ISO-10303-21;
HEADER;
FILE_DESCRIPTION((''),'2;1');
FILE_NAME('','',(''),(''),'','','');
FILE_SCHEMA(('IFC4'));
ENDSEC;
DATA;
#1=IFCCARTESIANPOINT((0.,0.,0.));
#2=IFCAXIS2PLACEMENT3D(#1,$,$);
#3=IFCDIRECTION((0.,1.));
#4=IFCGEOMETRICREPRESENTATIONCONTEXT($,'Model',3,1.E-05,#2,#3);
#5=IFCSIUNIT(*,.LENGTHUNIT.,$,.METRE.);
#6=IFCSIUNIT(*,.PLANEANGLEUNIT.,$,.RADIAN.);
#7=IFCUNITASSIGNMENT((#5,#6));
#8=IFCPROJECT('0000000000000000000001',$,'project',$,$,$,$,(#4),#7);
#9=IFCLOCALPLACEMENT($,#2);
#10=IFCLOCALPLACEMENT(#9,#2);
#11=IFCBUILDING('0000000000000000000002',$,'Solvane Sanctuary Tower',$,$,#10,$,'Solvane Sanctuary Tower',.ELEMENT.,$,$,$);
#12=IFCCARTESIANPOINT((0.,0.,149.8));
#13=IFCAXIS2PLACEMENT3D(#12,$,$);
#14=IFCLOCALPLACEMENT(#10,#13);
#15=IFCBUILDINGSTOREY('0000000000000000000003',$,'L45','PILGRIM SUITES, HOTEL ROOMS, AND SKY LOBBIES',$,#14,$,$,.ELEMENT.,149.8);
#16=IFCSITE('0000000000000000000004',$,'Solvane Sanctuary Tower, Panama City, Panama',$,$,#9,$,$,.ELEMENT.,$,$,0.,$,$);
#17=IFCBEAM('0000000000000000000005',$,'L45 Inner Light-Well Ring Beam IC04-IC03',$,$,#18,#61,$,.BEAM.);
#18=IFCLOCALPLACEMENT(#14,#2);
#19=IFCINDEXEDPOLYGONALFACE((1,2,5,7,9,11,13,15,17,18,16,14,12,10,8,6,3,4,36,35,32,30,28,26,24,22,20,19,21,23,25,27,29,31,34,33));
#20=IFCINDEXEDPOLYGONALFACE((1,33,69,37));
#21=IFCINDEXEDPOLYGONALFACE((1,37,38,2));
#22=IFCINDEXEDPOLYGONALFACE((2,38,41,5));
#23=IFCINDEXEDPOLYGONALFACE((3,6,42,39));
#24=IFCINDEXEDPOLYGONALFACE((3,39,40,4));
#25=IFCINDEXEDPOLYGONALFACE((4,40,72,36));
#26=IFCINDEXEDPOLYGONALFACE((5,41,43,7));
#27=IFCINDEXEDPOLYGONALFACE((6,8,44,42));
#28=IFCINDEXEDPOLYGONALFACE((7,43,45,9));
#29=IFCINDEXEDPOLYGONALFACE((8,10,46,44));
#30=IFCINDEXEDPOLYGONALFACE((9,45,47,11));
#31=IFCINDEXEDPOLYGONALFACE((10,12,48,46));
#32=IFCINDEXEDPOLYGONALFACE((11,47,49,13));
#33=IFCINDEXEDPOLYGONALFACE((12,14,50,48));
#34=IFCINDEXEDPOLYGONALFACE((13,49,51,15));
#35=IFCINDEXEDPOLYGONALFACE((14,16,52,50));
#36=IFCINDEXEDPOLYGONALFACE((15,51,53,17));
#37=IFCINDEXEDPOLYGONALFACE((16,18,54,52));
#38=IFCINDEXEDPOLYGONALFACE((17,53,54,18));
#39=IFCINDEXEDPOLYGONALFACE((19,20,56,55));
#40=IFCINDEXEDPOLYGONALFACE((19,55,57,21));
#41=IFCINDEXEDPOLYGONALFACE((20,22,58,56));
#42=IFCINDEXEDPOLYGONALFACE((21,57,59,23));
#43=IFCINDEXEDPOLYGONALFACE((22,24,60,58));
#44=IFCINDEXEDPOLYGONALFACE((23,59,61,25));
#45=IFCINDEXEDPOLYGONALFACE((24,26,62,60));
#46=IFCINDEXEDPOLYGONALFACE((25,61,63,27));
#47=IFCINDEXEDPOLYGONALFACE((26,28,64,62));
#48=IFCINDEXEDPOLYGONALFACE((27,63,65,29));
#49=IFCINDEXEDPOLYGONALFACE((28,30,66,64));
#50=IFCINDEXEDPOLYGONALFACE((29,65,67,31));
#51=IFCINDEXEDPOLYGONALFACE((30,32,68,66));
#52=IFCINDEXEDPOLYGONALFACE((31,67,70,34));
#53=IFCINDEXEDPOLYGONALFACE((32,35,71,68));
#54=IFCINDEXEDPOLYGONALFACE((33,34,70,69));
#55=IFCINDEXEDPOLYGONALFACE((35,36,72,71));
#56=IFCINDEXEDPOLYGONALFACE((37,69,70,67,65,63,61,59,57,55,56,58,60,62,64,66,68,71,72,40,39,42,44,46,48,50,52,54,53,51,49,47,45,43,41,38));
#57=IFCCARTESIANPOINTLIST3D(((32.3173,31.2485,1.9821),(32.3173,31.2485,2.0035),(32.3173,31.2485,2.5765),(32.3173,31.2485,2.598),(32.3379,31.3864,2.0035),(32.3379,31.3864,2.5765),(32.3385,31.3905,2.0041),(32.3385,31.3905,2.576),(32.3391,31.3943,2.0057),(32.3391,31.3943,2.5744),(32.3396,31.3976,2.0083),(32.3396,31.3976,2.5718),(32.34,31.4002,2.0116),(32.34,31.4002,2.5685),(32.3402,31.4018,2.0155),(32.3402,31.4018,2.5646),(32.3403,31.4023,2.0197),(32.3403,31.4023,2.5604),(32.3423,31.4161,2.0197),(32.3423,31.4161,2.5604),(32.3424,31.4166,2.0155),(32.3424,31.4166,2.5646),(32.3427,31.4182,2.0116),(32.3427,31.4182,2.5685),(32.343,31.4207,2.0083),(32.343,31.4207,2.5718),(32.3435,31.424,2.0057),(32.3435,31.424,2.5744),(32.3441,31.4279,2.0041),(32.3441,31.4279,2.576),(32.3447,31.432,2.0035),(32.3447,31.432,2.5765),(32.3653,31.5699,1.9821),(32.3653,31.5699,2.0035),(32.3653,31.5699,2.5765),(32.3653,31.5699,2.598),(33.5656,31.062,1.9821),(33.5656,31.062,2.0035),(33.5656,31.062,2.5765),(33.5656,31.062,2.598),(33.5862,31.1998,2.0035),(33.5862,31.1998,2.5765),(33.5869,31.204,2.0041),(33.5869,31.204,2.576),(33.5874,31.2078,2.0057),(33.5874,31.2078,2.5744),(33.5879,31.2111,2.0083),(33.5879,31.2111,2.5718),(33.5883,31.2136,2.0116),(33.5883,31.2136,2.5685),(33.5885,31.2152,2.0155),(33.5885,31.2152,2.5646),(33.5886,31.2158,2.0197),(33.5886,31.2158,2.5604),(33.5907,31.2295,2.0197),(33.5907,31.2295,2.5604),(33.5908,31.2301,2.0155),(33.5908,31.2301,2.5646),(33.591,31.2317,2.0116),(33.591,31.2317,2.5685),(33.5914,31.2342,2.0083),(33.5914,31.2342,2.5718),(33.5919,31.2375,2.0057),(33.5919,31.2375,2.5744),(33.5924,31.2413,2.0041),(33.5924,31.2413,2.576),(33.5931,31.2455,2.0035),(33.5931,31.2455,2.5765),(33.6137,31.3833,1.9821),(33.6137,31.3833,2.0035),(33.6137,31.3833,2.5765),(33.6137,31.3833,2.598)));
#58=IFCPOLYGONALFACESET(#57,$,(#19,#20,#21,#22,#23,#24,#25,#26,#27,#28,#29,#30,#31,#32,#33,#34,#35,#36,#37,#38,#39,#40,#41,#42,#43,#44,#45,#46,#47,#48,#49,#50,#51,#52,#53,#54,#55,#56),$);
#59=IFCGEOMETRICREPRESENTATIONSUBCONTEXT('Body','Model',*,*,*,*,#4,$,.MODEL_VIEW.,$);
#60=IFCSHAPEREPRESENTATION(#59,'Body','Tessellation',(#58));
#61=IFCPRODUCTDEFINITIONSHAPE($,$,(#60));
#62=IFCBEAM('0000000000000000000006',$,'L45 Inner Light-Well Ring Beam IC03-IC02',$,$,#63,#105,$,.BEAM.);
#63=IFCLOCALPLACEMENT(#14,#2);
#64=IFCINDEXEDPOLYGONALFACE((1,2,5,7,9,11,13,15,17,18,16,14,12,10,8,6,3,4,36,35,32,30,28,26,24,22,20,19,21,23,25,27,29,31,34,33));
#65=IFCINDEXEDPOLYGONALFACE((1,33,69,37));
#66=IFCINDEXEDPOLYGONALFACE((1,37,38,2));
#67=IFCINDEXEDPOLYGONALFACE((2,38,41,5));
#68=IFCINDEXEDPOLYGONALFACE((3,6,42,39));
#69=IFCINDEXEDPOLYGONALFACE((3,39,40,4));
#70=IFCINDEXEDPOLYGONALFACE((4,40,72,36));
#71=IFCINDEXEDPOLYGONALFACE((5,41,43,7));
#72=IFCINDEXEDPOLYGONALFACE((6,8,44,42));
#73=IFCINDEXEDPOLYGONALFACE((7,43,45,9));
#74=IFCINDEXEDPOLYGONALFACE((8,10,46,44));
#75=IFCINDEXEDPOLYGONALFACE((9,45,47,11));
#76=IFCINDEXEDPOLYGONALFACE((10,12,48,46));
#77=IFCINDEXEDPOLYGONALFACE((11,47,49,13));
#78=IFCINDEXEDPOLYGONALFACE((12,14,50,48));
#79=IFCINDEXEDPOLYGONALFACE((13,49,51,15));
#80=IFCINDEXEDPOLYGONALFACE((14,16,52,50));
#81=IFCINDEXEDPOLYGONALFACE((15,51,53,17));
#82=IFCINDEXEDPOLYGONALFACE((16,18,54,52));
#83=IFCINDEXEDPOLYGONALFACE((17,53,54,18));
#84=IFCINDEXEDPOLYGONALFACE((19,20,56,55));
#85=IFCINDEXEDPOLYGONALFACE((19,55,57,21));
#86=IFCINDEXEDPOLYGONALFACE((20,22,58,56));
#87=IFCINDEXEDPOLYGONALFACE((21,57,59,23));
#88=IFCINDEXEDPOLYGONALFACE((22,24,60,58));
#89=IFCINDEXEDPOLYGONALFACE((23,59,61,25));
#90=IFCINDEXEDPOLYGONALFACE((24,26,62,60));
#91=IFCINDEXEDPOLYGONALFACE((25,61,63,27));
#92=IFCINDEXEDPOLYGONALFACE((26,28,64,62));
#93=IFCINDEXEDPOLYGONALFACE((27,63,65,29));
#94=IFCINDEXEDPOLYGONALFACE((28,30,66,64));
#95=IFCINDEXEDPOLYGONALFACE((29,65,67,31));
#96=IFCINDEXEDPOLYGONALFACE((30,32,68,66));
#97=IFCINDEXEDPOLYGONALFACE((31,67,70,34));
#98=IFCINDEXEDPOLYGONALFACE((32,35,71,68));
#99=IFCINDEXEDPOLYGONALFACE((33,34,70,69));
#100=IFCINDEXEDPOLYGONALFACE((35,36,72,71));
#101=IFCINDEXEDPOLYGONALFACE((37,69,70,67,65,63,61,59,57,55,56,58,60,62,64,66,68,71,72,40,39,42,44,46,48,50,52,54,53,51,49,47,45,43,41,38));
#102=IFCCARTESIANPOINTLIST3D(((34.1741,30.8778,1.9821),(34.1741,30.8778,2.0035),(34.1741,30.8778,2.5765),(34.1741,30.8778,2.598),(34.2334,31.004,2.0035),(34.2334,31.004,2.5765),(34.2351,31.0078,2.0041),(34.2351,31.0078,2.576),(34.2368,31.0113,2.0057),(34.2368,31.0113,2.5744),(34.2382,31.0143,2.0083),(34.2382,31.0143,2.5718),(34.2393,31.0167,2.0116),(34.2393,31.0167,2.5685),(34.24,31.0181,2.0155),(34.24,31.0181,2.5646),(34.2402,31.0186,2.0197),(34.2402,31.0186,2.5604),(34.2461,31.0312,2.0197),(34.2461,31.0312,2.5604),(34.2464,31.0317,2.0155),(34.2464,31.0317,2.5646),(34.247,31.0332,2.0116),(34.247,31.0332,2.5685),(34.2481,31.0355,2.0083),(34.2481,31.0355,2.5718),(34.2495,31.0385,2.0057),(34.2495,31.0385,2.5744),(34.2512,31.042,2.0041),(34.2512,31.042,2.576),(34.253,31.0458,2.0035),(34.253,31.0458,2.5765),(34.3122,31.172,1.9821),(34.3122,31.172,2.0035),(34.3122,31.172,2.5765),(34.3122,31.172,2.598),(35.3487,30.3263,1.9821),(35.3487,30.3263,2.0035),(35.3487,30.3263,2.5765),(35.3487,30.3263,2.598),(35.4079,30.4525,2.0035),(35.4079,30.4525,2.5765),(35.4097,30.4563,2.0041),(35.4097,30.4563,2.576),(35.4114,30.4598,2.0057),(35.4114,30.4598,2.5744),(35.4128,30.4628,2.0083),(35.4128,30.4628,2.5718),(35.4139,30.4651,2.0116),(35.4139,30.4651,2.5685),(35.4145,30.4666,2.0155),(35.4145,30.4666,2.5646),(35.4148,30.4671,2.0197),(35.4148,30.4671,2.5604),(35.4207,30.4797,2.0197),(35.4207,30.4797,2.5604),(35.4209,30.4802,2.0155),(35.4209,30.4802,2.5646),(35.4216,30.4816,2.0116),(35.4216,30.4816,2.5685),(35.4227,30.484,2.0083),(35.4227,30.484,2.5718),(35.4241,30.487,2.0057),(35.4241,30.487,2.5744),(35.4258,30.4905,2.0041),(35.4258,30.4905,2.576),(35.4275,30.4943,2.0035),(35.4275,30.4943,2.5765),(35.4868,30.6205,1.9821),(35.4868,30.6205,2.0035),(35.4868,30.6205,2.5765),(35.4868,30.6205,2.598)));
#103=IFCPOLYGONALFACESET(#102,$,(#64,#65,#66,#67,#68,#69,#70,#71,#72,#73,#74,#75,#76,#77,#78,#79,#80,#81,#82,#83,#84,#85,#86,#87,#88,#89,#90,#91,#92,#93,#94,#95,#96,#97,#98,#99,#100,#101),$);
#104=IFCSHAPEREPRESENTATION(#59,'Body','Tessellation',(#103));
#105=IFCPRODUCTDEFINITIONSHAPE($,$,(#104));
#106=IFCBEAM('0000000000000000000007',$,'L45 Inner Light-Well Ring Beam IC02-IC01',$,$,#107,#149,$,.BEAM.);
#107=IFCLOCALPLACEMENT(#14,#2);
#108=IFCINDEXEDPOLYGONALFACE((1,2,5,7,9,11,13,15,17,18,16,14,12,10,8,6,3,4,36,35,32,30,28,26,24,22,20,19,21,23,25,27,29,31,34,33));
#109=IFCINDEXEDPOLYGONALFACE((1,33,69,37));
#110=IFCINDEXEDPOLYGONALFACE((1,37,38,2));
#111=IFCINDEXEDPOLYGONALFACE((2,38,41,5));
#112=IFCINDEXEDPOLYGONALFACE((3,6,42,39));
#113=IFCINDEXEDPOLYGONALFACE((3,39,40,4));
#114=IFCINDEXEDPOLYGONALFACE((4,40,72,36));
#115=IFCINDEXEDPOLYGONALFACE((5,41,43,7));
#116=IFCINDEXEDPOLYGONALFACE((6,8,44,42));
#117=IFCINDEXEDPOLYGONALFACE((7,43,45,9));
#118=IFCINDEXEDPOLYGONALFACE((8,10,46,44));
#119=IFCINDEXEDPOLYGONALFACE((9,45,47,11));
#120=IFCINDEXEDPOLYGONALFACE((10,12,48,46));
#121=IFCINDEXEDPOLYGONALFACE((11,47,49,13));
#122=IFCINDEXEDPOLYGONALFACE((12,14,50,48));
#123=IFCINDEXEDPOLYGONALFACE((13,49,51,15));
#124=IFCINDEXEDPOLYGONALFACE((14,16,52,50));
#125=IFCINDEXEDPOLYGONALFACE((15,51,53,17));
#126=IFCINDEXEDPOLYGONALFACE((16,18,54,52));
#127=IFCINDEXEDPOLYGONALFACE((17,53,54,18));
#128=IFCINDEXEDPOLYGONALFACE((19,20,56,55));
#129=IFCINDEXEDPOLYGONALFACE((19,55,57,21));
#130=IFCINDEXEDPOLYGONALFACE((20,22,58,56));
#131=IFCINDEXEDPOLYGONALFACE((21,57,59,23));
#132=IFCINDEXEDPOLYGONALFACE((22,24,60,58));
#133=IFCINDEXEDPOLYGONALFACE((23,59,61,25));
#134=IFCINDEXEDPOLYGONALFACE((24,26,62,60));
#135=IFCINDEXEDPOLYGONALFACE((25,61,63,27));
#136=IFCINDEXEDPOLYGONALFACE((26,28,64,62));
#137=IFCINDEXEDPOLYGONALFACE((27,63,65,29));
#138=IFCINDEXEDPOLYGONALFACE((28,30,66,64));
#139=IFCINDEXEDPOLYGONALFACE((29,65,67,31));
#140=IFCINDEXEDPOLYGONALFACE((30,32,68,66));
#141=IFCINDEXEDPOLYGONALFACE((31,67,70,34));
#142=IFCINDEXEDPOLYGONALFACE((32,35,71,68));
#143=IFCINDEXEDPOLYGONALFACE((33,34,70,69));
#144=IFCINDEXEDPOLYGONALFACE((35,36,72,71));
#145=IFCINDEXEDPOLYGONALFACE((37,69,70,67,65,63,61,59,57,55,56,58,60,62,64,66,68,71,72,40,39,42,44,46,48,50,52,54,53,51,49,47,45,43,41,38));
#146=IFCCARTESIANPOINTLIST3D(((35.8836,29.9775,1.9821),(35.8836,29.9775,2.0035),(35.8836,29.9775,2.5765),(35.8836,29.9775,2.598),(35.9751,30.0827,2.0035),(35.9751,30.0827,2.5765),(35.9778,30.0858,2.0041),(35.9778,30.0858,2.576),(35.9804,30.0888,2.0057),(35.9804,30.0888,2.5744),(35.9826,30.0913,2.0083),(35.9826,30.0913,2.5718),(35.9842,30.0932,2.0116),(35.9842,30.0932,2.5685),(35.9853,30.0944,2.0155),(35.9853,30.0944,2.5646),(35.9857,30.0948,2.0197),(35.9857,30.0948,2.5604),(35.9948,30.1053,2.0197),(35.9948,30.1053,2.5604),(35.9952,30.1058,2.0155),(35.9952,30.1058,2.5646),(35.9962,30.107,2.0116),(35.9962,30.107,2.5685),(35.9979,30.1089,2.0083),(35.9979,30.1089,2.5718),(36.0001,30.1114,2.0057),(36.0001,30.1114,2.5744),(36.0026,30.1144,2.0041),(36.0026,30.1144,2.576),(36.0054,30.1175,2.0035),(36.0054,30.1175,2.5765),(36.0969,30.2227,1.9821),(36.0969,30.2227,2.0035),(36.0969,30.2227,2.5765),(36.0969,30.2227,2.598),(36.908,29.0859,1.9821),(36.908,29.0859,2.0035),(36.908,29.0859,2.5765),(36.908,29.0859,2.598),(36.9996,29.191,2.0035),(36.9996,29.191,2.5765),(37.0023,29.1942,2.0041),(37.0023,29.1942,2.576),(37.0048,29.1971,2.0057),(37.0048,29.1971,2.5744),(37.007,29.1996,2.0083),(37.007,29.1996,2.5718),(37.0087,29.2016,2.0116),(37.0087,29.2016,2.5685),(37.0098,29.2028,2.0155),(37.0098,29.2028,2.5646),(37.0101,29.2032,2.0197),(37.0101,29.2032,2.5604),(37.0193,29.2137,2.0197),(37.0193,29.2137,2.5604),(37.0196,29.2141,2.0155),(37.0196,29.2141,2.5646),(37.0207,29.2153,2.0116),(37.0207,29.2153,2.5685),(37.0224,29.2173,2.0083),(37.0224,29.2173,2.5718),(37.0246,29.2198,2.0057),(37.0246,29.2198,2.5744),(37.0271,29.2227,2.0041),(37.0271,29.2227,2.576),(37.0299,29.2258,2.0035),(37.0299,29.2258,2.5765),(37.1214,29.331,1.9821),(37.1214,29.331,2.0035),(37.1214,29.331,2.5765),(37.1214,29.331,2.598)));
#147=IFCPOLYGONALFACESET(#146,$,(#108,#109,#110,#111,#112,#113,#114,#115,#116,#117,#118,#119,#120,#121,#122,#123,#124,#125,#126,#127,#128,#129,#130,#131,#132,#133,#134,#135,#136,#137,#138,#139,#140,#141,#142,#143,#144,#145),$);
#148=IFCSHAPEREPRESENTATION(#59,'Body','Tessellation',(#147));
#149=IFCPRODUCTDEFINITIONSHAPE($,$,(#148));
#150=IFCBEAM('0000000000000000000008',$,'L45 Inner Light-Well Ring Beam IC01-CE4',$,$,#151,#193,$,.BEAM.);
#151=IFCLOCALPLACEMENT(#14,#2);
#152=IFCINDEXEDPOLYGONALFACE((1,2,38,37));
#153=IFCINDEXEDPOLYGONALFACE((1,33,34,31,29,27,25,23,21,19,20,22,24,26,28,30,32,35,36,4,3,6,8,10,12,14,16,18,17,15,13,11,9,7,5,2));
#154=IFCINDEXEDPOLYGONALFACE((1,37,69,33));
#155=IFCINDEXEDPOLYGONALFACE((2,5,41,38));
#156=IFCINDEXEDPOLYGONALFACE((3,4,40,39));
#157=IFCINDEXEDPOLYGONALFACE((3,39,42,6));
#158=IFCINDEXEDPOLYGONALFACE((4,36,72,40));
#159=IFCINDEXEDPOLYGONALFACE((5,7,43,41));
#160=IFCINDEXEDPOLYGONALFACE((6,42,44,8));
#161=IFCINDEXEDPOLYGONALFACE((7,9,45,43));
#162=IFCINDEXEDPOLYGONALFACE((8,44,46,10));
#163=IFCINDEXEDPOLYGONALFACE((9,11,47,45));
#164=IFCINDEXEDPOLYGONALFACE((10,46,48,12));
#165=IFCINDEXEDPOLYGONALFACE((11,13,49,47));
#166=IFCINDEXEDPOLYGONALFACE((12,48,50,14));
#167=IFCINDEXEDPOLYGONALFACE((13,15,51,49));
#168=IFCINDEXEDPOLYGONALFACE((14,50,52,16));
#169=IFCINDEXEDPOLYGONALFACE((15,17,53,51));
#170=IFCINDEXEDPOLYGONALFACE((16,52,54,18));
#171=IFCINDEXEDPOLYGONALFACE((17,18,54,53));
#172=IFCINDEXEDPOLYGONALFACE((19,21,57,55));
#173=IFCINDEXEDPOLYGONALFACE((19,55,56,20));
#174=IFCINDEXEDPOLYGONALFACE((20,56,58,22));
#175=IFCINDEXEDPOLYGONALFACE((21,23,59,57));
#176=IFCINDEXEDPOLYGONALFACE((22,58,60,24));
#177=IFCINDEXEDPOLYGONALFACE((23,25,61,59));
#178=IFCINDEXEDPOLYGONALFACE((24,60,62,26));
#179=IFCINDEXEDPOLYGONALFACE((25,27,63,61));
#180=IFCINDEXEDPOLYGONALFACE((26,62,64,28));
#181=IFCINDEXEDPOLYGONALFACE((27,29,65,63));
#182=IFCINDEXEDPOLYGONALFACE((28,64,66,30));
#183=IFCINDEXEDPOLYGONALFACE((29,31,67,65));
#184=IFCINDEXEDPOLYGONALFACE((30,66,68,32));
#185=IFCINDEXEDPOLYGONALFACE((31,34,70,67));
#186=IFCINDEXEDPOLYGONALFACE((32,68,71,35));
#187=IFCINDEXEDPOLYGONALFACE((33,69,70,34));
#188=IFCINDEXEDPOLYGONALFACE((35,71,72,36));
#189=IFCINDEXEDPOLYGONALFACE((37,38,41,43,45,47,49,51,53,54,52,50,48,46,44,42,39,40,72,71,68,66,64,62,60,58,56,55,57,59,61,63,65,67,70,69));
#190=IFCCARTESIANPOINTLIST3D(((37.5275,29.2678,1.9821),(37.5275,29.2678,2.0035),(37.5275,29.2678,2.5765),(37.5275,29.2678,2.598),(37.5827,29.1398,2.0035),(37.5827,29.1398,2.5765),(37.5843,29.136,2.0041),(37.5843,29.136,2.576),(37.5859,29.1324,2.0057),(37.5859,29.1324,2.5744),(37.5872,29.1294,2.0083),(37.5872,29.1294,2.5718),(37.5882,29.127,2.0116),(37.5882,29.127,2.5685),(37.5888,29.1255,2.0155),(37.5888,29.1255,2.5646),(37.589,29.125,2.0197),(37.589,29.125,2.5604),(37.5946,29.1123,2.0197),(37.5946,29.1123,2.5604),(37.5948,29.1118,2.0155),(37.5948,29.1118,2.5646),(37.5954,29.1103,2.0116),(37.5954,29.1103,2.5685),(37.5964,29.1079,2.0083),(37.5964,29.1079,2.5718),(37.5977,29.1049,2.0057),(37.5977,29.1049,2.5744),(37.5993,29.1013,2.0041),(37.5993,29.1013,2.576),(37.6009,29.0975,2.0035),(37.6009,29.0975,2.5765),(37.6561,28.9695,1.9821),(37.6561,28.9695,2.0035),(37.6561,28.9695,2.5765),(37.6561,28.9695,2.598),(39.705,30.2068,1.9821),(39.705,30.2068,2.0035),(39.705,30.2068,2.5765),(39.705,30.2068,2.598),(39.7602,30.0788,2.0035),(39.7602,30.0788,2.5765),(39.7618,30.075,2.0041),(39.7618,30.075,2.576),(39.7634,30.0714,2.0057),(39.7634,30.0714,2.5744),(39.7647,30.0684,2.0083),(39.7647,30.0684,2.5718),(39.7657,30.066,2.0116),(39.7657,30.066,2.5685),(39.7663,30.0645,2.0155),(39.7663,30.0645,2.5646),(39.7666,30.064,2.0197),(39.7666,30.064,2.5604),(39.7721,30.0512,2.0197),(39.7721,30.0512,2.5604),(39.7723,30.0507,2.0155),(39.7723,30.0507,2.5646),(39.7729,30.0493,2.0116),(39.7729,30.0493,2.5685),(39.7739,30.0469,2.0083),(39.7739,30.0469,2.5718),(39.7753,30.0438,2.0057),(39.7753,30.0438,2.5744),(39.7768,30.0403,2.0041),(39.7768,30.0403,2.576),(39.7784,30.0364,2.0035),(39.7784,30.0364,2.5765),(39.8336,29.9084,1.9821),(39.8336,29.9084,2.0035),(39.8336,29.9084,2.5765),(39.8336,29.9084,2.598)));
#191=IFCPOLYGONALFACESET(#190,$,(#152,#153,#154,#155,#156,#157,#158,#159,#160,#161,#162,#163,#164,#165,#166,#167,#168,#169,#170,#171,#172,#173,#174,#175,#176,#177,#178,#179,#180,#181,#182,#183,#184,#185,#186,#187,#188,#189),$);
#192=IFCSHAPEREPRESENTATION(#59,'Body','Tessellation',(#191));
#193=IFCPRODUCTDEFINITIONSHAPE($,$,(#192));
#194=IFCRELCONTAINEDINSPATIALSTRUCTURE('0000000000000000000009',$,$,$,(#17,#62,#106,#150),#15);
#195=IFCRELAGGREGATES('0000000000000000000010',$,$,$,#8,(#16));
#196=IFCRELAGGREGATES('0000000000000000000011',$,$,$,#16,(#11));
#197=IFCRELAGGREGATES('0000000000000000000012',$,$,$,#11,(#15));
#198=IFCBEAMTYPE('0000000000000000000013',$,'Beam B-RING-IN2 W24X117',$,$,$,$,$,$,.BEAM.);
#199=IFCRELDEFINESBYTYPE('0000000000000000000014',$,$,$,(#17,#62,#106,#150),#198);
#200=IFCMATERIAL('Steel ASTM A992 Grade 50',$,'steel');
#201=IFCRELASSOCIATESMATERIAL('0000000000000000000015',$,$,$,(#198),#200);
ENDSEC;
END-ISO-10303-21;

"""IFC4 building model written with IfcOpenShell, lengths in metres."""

from ifc_helpers import new_model, si_unit, direction, frame, origin, origin_2d, place, context, subcontext, project, spatial, i_section, extrude, material, material_profile, profile_set, type_object, element, save


model = new_model("IFC4")

# Units and contexts
model_context = context("Model", 3, precision=1e-05, world=origin(), true_north=direction((0.0, 1.0)))
body_context = subcontext(model_context, "Body", "Model", "MODEL_VIEW")
ifc_project = project(units=[si_unit("LENGTHUNIT", "METRE"), si_unit("PLANEANGLEUNIT", "RADIAN")], contexts=[model_context])

# Site, building, storey
site_placement = place(None, origin())
site = spatial("IfcSite", under=ifc_project, at=site_placement, Name="Solvane Sanctuary Tower, Panama City, Panama", CompositionType="ELEMENT", RefElevation=0.0)
building_placement = place(site_placement, origin())
building = spatial("IfcBuilding", under=site, at=building_placement, Name="Solvane Sanctuary Tower", LongName="Solvane Sanctuary Tower", CompositionType="ELEMENT")
storey_placement = place(building_placement, frame((0.0, 0.0, 149.8)))
storey = spatial("IfcBuildingStorey", under=building, at=storey_placement, Name="L45", Description="PILGRIM SUITES, HOTEL ROOMS, AND SKY LOBBIES", CompositionType="ELEMENT", Elevation=149.8)

# Beams
ifc_material_1 = material(Name="Steel ASTM A992 Grade 50", Category="steel")
ifc_material_profile_1 = material_profile(ifc_material_1, i_section(OverallWidth=0.325, OverallDepth=0.616, WebThickness=0.0139, FlangeThickness=0.0215, FilletRadius=0.0161, at=origin_2d()), Name="W24X117")
ifc_profile_set_1 = profile_set([ifc_material_profile_1], Name="Steel ASTM A992 Grade 50")
beam_type_1 = type_object("IfcBeamType", Name="Beam B-RING-IN2 W24X117", PredefinedType="BEAM", material=ifc_profile_set_1)
beam_1_placement = place(storey_placement, frame((32.3413, 31.4092, 2.29), z_axis=(0.98902, -0.147782, 0.0), x_axis=(0.147782, 0.98902, 0.0)))
element("IfcBeam", 1, at=beam_1_placement, inside=storey, type_object=beam_type_1, Name="L45 Inner Light-Well Ring Beam IC04-IC03", PredefinedType="BEAM", context=body_context, shape_type="SweptSolid", body=[
    extrude(i_section(OverallWidth=0.325, OverallDepth=0.616, WebThickness=0.0139, FlangeThickness=0.0215, FilletRadius=0.0161, at=origin_2d()), origin(), (0.0, 0.0, 1.0), 1.2622),
])
beam_2_placement = place(storey_placement, frame((34.2432, 31.0249, 2.29), z_axis=(0.905181, -0.425027, 0.0), x_axis=(0.425027, 0.905181, 0.0)))
element("IfcBeam", 2, at=beam_2_placement, inside=storey, type_object=beam_type_1, Name="L45 Inner Light-Well Ring Beam IC03-IC02", PredefinedType="BEAM", context=body_context, shape_type="SweptSolid", body=[
    extrude(i_section(OverallWidth=0.325, OverallDepth=0.616, WebThickness=0.0139, FlangeThickness=0.0215, FilletRadius=0.0161, at=origin_2d()), origin(), (0.0, 0.0, 1.0), 1.2976),
])
beam_3_placement = place(storey_placement, frame((35.9902, 30.1001, 2.29), z_axis=(0.754311, -0.656517, 0.0), x_axis=(0.656517, 0.754311, 0.0)))
element("IfcBeam", 3, at=beam_3_placement, inside=storey, type_object=beam_type_1, Name="L45 Inner Light-Well Ring Beam IC02-IC01", PredefinedType="BEAM", context=body_context, shape_type="SweptSolid", body=[
    extrude(i_section(OverallWidth=0.325, OverallDepth=0.616, WebThickness=0.0139, FlangeThickness=0.0215, FilletRadius=0.0161, at=origin_2d()), origin(), (0.0, 0.0, 1.0), 1.3582),
])
beam_4_placement = place(storey_placement, frame((37.5918, 29.1187, 2.29), z_axis=(0.918264, 0.395969, 0.0), x_axis=(-0.395969, 0.918264, 0.0)))
element("IfcBeam", 4, at=beam_4_placement, inside=storey, type_object=beam_type_1, Name="L45 Inner Light-Well Ring Beam IC01-CE4", PredefinedType="BEAM", context=body_context, shape_type="SweptSolid", body=[
    extrude(i_section(OverallWidth=0.325, OverallDepth=0.616, WebThickness=0.0139, FlangeThickness=0.0215, FilletRadius=0.0161, at=origin_2d()), origin(), (0.0, 0.0, 1.0), 2.3713),
])

save(model, "model.ifc")
